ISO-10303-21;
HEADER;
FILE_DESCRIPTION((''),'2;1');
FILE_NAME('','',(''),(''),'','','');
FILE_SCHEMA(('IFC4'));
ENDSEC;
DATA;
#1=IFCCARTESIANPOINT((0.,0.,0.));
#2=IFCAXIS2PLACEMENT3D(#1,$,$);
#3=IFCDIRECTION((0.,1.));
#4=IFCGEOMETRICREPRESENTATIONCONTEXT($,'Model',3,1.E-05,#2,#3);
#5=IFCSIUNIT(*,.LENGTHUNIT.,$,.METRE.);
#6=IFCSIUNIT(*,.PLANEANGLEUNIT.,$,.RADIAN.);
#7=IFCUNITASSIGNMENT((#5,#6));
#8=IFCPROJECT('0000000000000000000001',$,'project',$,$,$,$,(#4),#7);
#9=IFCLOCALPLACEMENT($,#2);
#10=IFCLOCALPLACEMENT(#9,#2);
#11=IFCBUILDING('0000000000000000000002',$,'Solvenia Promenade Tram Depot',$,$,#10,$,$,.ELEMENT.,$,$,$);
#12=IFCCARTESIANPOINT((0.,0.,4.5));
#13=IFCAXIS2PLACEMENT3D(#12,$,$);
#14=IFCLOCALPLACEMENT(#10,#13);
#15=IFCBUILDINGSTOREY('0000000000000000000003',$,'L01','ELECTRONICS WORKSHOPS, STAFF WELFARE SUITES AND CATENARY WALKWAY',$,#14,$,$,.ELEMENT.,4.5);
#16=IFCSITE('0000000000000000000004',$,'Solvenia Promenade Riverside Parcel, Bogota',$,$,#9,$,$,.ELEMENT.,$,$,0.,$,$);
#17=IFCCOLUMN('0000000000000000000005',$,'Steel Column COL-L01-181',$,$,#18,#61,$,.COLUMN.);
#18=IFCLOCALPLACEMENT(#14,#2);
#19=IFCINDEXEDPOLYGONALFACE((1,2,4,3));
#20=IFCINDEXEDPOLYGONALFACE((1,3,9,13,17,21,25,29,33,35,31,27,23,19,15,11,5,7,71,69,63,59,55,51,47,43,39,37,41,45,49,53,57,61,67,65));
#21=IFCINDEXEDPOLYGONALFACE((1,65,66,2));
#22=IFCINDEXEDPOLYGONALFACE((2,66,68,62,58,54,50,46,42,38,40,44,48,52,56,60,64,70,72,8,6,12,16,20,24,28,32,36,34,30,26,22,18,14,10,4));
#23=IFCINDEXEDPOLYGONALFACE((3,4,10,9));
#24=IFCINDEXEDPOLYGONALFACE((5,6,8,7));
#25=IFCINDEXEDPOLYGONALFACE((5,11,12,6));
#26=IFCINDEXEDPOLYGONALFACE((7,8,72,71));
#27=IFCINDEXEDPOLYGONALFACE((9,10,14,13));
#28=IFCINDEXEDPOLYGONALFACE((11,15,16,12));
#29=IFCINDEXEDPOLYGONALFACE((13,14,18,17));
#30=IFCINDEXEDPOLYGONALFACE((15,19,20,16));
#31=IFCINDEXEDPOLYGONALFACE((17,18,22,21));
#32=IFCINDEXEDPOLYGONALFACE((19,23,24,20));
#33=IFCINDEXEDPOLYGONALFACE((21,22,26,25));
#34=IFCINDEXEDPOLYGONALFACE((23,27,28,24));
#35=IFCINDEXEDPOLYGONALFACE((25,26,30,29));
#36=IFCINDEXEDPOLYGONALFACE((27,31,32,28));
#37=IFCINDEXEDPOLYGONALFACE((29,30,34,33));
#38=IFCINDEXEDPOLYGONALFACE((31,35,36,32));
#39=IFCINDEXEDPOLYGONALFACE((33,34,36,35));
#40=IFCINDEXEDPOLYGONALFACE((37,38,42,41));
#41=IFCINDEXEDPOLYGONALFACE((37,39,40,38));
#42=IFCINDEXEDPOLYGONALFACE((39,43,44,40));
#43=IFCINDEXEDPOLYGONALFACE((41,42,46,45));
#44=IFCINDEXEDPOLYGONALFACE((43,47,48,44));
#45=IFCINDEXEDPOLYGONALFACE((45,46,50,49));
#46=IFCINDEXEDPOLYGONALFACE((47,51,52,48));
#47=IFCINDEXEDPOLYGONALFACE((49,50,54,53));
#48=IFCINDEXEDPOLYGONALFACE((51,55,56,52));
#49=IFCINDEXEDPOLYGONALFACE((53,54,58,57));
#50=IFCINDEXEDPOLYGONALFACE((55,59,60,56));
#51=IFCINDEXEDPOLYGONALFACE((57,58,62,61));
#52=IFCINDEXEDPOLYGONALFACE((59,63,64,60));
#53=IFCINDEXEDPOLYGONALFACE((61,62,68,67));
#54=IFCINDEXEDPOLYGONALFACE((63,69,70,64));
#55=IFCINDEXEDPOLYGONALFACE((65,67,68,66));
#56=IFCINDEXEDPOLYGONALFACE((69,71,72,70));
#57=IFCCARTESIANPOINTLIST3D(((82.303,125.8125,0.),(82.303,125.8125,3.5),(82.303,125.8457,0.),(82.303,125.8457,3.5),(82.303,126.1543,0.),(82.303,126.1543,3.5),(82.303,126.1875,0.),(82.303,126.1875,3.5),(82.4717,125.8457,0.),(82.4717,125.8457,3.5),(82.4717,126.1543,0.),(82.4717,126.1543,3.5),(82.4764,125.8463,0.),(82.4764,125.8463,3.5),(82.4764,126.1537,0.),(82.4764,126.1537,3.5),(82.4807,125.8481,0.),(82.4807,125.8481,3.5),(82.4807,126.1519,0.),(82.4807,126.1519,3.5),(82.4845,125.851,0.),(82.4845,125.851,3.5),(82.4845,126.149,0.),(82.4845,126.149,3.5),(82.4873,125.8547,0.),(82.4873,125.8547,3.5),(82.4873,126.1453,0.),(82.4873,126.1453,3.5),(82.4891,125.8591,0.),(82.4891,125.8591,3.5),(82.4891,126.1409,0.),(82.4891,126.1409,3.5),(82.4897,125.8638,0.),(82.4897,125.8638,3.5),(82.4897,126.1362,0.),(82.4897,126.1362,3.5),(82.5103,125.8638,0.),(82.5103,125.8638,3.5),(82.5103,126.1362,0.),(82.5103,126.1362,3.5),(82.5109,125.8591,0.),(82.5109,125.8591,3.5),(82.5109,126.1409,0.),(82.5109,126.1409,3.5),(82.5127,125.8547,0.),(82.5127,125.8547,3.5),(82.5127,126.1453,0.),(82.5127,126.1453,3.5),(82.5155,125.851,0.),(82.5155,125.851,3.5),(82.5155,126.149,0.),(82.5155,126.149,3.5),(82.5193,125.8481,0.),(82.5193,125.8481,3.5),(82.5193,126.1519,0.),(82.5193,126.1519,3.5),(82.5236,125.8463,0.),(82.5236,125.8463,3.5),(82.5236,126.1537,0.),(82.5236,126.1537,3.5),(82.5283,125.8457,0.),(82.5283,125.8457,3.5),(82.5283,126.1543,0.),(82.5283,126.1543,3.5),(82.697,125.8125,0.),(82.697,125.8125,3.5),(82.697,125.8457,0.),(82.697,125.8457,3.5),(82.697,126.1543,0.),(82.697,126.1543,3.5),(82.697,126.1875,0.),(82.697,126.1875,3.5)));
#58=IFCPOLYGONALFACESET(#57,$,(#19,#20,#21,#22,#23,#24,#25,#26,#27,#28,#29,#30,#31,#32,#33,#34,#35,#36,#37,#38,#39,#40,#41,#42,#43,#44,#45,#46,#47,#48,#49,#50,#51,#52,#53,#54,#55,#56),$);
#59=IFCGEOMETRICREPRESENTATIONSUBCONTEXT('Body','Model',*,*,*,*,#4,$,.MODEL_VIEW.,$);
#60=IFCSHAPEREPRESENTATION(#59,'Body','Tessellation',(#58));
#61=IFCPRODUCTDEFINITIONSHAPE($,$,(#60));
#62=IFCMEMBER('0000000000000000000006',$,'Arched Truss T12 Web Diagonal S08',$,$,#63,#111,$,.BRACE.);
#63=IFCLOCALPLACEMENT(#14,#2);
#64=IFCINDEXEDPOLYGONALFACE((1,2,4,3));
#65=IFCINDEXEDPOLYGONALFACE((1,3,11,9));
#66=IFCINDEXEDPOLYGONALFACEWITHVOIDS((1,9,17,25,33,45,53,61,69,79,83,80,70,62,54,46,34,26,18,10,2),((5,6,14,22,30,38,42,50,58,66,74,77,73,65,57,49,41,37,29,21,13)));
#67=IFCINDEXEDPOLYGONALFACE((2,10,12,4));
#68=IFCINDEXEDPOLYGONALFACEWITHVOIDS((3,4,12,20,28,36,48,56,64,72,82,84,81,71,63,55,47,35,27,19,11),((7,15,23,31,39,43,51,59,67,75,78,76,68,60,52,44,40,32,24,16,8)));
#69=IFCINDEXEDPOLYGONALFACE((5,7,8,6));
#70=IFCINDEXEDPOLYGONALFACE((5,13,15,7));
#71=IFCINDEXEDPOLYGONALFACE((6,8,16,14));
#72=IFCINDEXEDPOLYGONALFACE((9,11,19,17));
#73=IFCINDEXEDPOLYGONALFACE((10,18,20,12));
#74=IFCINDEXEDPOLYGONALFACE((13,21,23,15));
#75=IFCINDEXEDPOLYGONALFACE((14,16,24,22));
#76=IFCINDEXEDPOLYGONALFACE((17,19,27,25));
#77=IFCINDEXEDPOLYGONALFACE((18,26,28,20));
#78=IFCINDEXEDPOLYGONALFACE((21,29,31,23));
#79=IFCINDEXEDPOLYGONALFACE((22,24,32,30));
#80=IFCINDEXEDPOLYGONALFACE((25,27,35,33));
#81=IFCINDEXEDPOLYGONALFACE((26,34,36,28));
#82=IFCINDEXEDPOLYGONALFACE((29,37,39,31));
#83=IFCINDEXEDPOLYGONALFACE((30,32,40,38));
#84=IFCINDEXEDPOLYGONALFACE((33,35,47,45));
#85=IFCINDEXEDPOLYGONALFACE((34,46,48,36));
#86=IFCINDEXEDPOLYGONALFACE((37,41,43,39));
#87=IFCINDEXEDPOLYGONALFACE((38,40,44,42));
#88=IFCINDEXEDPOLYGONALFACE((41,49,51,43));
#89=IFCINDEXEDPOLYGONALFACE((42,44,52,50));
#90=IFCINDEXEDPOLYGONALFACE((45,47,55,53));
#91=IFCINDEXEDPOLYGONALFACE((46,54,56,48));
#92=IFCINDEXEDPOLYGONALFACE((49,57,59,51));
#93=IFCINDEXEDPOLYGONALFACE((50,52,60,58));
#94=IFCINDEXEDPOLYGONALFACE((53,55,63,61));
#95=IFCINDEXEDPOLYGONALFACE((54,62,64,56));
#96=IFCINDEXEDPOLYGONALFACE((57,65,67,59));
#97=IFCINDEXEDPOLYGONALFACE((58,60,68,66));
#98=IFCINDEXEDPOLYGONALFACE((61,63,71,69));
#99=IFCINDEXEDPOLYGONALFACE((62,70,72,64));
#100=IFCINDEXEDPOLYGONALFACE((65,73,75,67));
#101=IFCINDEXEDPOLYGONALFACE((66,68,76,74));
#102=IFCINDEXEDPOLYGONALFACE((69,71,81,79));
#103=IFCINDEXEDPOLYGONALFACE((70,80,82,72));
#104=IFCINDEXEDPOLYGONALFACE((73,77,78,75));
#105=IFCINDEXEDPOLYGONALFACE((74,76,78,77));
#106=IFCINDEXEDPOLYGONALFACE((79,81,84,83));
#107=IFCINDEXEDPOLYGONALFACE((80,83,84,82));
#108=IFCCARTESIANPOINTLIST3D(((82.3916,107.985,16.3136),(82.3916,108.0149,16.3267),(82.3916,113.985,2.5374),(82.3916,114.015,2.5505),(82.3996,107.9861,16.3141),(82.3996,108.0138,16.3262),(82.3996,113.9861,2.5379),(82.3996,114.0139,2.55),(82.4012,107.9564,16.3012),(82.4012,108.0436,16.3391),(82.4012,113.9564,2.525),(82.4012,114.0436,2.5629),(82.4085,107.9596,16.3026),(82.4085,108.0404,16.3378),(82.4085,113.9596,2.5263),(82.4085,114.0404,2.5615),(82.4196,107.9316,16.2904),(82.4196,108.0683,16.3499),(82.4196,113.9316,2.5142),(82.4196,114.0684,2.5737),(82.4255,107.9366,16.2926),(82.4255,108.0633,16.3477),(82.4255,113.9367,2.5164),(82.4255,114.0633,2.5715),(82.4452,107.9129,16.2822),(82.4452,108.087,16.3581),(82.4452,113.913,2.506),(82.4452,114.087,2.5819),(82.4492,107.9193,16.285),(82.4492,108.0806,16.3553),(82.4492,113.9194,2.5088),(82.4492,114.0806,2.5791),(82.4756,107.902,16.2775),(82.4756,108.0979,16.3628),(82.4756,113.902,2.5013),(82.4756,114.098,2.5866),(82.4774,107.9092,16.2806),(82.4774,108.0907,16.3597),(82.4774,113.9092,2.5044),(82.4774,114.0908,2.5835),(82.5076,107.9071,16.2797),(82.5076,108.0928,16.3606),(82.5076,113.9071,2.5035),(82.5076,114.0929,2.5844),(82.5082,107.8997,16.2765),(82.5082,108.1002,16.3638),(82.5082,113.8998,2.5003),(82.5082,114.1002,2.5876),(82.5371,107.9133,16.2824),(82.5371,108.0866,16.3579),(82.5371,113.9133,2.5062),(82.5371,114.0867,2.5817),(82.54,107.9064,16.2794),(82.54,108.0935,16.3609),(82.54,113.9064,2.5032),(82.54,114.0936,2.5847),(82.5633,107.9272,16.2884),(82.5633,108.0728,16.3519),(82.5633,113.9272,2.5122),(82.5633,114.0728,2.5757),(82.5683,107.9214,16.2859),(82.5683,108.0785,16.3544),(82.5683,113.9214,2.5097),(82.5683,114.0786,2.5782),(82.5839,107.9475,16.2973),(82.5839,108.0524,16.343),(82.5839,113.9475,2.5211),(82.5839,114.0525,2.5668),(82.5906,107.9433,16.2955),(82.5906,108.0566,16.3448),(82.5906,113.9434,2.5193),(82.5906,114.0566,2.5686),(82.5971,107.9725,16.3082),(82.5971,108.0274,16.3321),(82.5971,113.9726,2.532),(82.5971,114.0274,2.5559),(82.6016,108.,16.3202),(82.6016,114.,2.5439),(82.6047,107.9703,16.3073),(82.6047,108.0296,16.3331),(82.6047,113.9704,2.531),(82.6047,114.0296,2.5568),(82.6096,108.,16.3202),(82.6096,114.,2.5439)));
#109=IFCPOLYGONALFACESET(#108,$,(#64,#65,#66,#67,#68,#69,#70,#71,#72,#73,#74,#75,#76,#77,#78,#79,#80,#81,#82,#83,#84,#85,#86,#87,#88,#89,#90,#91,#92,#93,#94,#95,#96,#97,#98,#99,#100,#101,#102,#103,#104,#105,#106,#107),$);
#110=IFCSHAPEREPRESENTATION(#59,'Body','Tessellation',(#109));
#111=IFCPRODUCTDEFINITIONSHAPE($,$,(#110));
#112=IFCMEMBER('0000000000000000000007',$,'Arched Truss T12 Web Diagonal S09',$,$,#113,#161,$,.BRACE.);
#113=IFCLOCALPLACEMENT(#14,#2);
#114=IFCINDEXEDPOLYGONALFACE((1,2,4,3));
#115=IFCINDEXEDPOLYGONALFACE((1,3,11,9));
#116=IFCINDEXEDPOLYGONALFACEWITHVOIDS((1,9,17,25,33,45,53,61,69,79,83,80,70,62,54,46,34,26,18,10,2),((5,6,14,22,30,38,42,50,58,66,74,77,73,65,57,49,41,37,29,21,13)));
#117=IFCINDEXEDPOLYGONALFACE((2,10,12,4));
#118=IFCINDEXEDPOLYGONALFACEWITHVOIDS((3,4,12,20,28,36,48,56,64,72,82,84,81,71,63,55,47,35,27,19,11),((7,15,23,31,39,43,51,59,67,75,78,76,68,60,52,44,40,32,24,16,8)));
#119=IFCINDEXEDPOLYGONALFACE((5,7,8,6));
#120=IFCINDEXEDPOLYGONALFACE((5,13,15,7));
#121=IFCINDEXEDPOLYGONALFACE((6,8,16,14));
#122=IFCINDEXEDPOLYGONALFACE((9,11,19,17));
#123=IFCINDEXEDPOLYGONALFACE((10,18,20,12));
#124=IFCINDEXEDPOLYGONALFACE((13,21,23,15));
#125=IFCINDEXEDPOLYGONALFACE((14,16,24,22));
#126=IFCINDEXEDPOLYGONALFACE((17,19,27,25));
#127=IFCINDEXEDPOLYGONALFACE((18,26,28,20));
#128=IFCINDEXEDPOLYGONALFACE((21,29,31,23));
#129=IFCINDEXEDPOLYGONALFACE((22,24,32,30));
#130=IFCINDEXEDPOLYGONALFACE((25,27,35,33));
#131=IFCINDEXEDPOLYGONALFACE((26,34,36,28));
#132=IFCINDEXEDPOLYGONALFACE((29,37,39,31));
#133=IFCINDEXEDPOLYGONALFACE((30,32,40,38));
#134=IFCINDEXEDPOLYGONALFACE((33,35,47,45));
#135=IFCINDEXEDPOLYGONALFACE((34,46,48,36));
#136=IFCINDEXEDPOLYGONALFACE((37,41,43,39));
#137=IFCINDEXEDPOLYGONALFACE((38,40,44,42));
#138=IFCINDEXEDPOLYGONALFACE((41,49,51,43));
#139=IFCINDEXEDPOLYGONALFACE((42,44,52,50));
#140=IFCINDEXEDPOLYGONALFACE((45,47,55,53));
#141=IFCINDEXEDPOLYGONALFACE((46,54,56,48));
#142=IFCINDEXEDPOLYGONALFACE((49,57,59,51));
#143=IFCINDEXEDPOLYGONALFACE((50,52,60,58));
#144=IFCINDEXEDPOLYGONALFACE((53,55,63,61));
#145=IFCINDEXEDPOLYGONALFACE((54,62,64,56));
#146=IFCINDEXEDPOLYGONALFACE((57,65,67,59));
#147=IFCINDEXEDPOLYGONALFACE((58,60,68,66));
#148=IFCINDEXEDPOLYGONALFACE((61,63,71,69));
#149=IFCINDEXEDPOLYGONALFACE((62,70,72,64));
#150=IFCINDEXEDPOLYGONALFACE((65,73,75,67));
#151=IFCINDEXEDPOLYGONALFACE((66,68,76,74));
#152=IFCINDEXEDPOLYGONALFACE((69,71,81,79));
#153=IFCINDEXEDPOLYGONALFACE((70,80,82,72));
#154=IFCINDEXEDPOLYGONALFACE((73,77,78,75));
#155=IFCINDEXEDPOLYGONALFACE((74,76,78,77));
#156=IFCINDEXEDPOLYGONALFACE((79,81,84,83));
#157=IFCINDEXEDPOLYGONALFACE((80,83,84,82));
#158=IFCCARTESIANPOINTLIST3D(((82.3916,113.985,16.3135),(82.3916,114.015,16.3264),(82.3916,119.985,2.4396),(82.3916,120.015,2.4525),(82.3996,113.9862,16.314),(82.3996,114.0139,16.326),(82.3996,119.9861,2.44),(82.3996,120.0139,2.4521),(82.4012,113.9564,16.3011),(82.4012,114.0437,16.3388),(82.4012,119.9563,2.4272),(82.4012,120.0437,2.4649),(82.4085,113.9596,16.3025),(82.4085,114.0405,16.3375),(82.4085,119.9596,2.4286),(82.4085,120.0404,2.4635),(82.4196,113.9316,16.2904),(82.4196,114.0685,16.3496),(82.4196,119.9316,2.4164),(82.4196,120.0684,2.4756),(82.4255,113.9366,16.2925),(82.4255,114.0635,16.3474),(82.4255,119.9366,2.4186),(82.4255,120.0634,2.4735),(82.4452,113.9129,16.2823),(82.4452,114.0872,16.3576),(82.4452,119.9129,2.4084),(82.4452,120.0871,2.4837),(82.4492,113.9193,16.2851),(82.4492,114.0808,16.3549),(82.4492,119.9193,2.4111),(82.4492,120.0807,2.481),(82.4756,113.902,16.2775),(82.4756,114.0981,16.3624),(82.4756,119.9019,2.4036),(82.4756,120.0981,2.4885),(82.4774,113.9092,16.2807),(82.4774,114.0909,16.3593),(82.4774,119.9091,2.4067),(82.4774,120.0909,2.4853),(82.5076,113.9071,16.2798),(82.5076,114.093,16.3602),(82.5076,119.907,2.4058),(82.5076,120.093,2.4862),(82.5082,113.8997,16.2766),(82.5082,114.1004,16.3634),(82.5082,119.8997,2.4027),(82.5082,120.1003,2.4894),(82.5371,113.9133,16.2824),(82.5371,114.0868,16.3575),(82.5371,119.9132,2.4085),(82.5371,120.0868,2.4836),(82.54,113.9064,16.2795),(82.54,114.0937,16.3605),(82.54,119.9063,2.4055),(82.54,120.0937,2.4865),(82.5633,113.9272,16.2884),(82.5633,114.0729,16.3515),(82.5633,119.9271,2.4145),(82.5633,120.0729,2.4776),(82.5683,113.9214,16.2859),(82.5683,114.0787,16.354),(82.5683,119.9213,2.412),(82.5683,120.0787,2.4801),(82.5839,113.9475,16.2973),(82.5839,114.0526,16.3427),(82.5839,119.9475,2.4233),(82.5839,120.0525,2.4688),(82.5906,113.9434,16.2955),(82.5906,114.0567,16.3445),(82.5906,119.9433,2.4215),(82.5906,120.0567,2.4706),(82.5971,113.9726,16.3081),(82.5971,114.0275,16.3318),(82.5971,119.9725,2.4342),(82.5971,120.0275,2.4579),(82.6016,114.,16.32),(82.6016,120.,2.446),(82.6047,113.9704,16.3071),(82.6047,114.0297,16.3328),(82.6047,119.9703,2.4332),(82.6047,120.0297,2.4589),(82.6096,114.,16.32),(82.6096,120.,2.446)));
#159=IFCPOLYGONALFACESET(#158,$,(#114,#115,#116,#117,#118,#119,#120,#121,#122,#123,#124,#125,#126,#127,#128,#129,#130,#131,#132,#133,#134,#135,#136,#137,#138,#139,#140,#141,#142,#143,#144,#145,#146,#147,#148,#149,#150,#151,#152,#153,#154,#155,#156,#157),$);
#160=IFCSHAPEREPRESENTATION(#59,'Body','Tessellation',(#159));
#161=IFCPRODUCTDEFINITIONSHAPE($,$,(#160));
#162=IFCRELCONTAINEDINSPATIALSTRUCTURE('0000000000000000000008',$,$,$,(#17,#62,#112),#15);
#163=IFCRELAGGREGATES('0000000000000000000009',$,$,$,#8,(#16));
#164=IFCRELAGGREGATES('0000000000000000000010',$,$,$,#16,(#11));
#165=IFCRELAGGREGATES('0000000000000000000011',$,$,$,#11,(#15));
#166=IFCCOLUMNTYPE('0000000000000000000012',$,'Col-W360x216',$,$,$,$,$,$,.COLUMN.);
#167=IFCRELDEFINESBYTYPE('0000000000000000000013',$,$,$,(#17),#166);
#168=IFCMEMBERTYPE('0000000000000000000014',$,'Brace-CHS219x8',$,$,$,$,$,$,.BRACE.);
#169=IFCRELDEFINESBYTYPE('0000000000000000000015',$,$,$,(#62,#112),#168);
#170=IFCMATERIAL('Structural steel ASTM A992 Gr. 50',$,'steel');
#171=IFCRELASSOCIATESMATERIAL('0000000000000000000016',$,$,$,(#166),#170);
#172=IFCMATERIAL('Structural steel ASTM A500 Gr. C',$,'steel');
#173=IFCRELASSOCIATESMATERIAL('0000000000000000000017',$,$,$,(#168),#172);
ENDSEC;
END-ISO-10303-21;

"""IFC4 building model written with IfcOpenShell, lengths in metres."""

from ifc_helpers import new_model, si_unit, direction, frame, origin, origin_2d, place, context, subcontext, project, spatial, hollow_circle, i_section, extrude, material, material_profile, profile_set, type_object, element, save


model = new_model("IFC4")

# Units and contexts
model_context = context("Model", 3, precision=1e-05, world=origin(), true_north=direction((0.0, 1.0)))
body_context = subcontext(model_context, "Body", "Model", "MODEL_VIEW")
ifc_project = project(units=[si_unit("LENGTHUNIT", "METRE"), si_unit("PLANEANGLEUNIT", "RADIAN")], contexts=[model_context])

# Site, building, storey
site_placement = place(None, origin())
site = spatial("IfcSite", under=ifc_project, at=site_placement, Name="Solvenia Promenade Riverside Parcel, Bogota", CompositionType="ELEMENT", RefElevation=0.0)
building_placement = place(site_placement, origin())
building = spatial("IfcBuilding", under=site, at=building_placement, Name="Solvenia Promenade Tram Depot", CompositionType="ELEMENT")
storey_placement = place(building_placement, frame((0.0, 0.0, 4.5)))
storey = spatial("IfcBuildingStorey", under=building, at=storey_placement, Name="L01", Description="ELECTRONICS WORKSHOPS, STAFF WELFARE SUITES AND CATENARY WALKWAY", CompositionType="ELEMENT", Elevation=4.5)

# Column
ifc_material_1 = material(Name="Structural steel ASTM A992 Gr. 50", Category="steel")
ifc_material_profile_1 = material_profile(ifc_material_1, i_section(OverallWidth=0.394, OverallDepth=0.375, WebThickness=0.0205, FlangeThickness=0.0332, FilletRadius=0.0181, at=origin_2d()), Name="W360x216", Category="steel")
ifc_profile_set_1 = profile_set([ifc_material_profile_1], Name="Structural steel ASTM A992 Gr. 50")
column_type = type_object("IfcColumnType", Name="Col-W360x216", PredefinedType="COLUMN", material=ifc_profile_set_1)
column_placement = place(storey_placement, frame((82.5, 126.0, 0.0), z_axis=(0.0, 0.0, 1.0), x_axis=(1.0, 0.0, 0.0)))
element("IfcColumn", 1, at=column_placement, inside=storey, type_object=column_type, Name="Steel Column COL-L01-181", PredefinedType="COLUMN", context=body_context, shape_type="SweptSolid", body=[
    extrude(i_section(OverallWidth=0.394, OverallDepth=0.375, WebThickness=0.0205, FlangeThickness=0.0332, FilletRadius=0.0181, at=origin_2d()), origin(), (0.0, 0.0, 1.0), 3.5),
])

# Members
ifc_material_2 = material(Name="Structural steel ASTM A500 Gr. C", Category="steel")
ifc_material_profile_2 = material_profile(ifc_material_2, hollow_circle(Radius=0.1096, WallThickness=0.0081, at=origin_2d()), Name="CHS219.1x8", Category="steel")
ifc_profile_set_2 = profile_set([ifc_material_profile_2], Name="Structural steel ASTM A500 Gr. C")
member_type_1 = type_object("IfcMemberType", Name="Brace-CHS219x8", PredefinedType="BRACE", material=ifc_profile_set_2)
member_1_placement = place(storey_placement, frame((82.5, 114.0, 2.5439), z_axis=(0.0, -0.399307, 0.916817), x_axis=(1.0, 0.0, 0.0)))
element("IfcMember", 2, at=member_1_placement, inside=storey, type_object=member_type_1, Name="Arched Truss T12 Web Diagonal S08", PredefinedType="BRACE", context=body_context, shape_type="SweptSolid", body=[
    extrude(hollow_circle(Radius=0.1096, WallThickness=0.0081, at=origin_2d()), origin(), (0.0, 0.0, 1.0), 15.0261),
])
member_2_placement = place(storey_placement, frame((82.5, 120.0, 2.446), z_axis=(0.0, -0.396935, 0.917847), x_axis=(1.0, 0.0, 0.0)))
element("IfcMember", 3, at=member_2_placement, inside=storey, type_object=member_type_1, Name="Arched Truss T12 Web Diagonal S09", PredefinedType="BRACE", context=body_context, shape_type="SweptSolid", body=[
    extrude(hollow_circle(Radius=0.1096, WallThickness=0.0081, at=origin_2d()), origin(), (0.0, 0.0, 1.0), 15.1157),
])

save(model, "model.ifc")
